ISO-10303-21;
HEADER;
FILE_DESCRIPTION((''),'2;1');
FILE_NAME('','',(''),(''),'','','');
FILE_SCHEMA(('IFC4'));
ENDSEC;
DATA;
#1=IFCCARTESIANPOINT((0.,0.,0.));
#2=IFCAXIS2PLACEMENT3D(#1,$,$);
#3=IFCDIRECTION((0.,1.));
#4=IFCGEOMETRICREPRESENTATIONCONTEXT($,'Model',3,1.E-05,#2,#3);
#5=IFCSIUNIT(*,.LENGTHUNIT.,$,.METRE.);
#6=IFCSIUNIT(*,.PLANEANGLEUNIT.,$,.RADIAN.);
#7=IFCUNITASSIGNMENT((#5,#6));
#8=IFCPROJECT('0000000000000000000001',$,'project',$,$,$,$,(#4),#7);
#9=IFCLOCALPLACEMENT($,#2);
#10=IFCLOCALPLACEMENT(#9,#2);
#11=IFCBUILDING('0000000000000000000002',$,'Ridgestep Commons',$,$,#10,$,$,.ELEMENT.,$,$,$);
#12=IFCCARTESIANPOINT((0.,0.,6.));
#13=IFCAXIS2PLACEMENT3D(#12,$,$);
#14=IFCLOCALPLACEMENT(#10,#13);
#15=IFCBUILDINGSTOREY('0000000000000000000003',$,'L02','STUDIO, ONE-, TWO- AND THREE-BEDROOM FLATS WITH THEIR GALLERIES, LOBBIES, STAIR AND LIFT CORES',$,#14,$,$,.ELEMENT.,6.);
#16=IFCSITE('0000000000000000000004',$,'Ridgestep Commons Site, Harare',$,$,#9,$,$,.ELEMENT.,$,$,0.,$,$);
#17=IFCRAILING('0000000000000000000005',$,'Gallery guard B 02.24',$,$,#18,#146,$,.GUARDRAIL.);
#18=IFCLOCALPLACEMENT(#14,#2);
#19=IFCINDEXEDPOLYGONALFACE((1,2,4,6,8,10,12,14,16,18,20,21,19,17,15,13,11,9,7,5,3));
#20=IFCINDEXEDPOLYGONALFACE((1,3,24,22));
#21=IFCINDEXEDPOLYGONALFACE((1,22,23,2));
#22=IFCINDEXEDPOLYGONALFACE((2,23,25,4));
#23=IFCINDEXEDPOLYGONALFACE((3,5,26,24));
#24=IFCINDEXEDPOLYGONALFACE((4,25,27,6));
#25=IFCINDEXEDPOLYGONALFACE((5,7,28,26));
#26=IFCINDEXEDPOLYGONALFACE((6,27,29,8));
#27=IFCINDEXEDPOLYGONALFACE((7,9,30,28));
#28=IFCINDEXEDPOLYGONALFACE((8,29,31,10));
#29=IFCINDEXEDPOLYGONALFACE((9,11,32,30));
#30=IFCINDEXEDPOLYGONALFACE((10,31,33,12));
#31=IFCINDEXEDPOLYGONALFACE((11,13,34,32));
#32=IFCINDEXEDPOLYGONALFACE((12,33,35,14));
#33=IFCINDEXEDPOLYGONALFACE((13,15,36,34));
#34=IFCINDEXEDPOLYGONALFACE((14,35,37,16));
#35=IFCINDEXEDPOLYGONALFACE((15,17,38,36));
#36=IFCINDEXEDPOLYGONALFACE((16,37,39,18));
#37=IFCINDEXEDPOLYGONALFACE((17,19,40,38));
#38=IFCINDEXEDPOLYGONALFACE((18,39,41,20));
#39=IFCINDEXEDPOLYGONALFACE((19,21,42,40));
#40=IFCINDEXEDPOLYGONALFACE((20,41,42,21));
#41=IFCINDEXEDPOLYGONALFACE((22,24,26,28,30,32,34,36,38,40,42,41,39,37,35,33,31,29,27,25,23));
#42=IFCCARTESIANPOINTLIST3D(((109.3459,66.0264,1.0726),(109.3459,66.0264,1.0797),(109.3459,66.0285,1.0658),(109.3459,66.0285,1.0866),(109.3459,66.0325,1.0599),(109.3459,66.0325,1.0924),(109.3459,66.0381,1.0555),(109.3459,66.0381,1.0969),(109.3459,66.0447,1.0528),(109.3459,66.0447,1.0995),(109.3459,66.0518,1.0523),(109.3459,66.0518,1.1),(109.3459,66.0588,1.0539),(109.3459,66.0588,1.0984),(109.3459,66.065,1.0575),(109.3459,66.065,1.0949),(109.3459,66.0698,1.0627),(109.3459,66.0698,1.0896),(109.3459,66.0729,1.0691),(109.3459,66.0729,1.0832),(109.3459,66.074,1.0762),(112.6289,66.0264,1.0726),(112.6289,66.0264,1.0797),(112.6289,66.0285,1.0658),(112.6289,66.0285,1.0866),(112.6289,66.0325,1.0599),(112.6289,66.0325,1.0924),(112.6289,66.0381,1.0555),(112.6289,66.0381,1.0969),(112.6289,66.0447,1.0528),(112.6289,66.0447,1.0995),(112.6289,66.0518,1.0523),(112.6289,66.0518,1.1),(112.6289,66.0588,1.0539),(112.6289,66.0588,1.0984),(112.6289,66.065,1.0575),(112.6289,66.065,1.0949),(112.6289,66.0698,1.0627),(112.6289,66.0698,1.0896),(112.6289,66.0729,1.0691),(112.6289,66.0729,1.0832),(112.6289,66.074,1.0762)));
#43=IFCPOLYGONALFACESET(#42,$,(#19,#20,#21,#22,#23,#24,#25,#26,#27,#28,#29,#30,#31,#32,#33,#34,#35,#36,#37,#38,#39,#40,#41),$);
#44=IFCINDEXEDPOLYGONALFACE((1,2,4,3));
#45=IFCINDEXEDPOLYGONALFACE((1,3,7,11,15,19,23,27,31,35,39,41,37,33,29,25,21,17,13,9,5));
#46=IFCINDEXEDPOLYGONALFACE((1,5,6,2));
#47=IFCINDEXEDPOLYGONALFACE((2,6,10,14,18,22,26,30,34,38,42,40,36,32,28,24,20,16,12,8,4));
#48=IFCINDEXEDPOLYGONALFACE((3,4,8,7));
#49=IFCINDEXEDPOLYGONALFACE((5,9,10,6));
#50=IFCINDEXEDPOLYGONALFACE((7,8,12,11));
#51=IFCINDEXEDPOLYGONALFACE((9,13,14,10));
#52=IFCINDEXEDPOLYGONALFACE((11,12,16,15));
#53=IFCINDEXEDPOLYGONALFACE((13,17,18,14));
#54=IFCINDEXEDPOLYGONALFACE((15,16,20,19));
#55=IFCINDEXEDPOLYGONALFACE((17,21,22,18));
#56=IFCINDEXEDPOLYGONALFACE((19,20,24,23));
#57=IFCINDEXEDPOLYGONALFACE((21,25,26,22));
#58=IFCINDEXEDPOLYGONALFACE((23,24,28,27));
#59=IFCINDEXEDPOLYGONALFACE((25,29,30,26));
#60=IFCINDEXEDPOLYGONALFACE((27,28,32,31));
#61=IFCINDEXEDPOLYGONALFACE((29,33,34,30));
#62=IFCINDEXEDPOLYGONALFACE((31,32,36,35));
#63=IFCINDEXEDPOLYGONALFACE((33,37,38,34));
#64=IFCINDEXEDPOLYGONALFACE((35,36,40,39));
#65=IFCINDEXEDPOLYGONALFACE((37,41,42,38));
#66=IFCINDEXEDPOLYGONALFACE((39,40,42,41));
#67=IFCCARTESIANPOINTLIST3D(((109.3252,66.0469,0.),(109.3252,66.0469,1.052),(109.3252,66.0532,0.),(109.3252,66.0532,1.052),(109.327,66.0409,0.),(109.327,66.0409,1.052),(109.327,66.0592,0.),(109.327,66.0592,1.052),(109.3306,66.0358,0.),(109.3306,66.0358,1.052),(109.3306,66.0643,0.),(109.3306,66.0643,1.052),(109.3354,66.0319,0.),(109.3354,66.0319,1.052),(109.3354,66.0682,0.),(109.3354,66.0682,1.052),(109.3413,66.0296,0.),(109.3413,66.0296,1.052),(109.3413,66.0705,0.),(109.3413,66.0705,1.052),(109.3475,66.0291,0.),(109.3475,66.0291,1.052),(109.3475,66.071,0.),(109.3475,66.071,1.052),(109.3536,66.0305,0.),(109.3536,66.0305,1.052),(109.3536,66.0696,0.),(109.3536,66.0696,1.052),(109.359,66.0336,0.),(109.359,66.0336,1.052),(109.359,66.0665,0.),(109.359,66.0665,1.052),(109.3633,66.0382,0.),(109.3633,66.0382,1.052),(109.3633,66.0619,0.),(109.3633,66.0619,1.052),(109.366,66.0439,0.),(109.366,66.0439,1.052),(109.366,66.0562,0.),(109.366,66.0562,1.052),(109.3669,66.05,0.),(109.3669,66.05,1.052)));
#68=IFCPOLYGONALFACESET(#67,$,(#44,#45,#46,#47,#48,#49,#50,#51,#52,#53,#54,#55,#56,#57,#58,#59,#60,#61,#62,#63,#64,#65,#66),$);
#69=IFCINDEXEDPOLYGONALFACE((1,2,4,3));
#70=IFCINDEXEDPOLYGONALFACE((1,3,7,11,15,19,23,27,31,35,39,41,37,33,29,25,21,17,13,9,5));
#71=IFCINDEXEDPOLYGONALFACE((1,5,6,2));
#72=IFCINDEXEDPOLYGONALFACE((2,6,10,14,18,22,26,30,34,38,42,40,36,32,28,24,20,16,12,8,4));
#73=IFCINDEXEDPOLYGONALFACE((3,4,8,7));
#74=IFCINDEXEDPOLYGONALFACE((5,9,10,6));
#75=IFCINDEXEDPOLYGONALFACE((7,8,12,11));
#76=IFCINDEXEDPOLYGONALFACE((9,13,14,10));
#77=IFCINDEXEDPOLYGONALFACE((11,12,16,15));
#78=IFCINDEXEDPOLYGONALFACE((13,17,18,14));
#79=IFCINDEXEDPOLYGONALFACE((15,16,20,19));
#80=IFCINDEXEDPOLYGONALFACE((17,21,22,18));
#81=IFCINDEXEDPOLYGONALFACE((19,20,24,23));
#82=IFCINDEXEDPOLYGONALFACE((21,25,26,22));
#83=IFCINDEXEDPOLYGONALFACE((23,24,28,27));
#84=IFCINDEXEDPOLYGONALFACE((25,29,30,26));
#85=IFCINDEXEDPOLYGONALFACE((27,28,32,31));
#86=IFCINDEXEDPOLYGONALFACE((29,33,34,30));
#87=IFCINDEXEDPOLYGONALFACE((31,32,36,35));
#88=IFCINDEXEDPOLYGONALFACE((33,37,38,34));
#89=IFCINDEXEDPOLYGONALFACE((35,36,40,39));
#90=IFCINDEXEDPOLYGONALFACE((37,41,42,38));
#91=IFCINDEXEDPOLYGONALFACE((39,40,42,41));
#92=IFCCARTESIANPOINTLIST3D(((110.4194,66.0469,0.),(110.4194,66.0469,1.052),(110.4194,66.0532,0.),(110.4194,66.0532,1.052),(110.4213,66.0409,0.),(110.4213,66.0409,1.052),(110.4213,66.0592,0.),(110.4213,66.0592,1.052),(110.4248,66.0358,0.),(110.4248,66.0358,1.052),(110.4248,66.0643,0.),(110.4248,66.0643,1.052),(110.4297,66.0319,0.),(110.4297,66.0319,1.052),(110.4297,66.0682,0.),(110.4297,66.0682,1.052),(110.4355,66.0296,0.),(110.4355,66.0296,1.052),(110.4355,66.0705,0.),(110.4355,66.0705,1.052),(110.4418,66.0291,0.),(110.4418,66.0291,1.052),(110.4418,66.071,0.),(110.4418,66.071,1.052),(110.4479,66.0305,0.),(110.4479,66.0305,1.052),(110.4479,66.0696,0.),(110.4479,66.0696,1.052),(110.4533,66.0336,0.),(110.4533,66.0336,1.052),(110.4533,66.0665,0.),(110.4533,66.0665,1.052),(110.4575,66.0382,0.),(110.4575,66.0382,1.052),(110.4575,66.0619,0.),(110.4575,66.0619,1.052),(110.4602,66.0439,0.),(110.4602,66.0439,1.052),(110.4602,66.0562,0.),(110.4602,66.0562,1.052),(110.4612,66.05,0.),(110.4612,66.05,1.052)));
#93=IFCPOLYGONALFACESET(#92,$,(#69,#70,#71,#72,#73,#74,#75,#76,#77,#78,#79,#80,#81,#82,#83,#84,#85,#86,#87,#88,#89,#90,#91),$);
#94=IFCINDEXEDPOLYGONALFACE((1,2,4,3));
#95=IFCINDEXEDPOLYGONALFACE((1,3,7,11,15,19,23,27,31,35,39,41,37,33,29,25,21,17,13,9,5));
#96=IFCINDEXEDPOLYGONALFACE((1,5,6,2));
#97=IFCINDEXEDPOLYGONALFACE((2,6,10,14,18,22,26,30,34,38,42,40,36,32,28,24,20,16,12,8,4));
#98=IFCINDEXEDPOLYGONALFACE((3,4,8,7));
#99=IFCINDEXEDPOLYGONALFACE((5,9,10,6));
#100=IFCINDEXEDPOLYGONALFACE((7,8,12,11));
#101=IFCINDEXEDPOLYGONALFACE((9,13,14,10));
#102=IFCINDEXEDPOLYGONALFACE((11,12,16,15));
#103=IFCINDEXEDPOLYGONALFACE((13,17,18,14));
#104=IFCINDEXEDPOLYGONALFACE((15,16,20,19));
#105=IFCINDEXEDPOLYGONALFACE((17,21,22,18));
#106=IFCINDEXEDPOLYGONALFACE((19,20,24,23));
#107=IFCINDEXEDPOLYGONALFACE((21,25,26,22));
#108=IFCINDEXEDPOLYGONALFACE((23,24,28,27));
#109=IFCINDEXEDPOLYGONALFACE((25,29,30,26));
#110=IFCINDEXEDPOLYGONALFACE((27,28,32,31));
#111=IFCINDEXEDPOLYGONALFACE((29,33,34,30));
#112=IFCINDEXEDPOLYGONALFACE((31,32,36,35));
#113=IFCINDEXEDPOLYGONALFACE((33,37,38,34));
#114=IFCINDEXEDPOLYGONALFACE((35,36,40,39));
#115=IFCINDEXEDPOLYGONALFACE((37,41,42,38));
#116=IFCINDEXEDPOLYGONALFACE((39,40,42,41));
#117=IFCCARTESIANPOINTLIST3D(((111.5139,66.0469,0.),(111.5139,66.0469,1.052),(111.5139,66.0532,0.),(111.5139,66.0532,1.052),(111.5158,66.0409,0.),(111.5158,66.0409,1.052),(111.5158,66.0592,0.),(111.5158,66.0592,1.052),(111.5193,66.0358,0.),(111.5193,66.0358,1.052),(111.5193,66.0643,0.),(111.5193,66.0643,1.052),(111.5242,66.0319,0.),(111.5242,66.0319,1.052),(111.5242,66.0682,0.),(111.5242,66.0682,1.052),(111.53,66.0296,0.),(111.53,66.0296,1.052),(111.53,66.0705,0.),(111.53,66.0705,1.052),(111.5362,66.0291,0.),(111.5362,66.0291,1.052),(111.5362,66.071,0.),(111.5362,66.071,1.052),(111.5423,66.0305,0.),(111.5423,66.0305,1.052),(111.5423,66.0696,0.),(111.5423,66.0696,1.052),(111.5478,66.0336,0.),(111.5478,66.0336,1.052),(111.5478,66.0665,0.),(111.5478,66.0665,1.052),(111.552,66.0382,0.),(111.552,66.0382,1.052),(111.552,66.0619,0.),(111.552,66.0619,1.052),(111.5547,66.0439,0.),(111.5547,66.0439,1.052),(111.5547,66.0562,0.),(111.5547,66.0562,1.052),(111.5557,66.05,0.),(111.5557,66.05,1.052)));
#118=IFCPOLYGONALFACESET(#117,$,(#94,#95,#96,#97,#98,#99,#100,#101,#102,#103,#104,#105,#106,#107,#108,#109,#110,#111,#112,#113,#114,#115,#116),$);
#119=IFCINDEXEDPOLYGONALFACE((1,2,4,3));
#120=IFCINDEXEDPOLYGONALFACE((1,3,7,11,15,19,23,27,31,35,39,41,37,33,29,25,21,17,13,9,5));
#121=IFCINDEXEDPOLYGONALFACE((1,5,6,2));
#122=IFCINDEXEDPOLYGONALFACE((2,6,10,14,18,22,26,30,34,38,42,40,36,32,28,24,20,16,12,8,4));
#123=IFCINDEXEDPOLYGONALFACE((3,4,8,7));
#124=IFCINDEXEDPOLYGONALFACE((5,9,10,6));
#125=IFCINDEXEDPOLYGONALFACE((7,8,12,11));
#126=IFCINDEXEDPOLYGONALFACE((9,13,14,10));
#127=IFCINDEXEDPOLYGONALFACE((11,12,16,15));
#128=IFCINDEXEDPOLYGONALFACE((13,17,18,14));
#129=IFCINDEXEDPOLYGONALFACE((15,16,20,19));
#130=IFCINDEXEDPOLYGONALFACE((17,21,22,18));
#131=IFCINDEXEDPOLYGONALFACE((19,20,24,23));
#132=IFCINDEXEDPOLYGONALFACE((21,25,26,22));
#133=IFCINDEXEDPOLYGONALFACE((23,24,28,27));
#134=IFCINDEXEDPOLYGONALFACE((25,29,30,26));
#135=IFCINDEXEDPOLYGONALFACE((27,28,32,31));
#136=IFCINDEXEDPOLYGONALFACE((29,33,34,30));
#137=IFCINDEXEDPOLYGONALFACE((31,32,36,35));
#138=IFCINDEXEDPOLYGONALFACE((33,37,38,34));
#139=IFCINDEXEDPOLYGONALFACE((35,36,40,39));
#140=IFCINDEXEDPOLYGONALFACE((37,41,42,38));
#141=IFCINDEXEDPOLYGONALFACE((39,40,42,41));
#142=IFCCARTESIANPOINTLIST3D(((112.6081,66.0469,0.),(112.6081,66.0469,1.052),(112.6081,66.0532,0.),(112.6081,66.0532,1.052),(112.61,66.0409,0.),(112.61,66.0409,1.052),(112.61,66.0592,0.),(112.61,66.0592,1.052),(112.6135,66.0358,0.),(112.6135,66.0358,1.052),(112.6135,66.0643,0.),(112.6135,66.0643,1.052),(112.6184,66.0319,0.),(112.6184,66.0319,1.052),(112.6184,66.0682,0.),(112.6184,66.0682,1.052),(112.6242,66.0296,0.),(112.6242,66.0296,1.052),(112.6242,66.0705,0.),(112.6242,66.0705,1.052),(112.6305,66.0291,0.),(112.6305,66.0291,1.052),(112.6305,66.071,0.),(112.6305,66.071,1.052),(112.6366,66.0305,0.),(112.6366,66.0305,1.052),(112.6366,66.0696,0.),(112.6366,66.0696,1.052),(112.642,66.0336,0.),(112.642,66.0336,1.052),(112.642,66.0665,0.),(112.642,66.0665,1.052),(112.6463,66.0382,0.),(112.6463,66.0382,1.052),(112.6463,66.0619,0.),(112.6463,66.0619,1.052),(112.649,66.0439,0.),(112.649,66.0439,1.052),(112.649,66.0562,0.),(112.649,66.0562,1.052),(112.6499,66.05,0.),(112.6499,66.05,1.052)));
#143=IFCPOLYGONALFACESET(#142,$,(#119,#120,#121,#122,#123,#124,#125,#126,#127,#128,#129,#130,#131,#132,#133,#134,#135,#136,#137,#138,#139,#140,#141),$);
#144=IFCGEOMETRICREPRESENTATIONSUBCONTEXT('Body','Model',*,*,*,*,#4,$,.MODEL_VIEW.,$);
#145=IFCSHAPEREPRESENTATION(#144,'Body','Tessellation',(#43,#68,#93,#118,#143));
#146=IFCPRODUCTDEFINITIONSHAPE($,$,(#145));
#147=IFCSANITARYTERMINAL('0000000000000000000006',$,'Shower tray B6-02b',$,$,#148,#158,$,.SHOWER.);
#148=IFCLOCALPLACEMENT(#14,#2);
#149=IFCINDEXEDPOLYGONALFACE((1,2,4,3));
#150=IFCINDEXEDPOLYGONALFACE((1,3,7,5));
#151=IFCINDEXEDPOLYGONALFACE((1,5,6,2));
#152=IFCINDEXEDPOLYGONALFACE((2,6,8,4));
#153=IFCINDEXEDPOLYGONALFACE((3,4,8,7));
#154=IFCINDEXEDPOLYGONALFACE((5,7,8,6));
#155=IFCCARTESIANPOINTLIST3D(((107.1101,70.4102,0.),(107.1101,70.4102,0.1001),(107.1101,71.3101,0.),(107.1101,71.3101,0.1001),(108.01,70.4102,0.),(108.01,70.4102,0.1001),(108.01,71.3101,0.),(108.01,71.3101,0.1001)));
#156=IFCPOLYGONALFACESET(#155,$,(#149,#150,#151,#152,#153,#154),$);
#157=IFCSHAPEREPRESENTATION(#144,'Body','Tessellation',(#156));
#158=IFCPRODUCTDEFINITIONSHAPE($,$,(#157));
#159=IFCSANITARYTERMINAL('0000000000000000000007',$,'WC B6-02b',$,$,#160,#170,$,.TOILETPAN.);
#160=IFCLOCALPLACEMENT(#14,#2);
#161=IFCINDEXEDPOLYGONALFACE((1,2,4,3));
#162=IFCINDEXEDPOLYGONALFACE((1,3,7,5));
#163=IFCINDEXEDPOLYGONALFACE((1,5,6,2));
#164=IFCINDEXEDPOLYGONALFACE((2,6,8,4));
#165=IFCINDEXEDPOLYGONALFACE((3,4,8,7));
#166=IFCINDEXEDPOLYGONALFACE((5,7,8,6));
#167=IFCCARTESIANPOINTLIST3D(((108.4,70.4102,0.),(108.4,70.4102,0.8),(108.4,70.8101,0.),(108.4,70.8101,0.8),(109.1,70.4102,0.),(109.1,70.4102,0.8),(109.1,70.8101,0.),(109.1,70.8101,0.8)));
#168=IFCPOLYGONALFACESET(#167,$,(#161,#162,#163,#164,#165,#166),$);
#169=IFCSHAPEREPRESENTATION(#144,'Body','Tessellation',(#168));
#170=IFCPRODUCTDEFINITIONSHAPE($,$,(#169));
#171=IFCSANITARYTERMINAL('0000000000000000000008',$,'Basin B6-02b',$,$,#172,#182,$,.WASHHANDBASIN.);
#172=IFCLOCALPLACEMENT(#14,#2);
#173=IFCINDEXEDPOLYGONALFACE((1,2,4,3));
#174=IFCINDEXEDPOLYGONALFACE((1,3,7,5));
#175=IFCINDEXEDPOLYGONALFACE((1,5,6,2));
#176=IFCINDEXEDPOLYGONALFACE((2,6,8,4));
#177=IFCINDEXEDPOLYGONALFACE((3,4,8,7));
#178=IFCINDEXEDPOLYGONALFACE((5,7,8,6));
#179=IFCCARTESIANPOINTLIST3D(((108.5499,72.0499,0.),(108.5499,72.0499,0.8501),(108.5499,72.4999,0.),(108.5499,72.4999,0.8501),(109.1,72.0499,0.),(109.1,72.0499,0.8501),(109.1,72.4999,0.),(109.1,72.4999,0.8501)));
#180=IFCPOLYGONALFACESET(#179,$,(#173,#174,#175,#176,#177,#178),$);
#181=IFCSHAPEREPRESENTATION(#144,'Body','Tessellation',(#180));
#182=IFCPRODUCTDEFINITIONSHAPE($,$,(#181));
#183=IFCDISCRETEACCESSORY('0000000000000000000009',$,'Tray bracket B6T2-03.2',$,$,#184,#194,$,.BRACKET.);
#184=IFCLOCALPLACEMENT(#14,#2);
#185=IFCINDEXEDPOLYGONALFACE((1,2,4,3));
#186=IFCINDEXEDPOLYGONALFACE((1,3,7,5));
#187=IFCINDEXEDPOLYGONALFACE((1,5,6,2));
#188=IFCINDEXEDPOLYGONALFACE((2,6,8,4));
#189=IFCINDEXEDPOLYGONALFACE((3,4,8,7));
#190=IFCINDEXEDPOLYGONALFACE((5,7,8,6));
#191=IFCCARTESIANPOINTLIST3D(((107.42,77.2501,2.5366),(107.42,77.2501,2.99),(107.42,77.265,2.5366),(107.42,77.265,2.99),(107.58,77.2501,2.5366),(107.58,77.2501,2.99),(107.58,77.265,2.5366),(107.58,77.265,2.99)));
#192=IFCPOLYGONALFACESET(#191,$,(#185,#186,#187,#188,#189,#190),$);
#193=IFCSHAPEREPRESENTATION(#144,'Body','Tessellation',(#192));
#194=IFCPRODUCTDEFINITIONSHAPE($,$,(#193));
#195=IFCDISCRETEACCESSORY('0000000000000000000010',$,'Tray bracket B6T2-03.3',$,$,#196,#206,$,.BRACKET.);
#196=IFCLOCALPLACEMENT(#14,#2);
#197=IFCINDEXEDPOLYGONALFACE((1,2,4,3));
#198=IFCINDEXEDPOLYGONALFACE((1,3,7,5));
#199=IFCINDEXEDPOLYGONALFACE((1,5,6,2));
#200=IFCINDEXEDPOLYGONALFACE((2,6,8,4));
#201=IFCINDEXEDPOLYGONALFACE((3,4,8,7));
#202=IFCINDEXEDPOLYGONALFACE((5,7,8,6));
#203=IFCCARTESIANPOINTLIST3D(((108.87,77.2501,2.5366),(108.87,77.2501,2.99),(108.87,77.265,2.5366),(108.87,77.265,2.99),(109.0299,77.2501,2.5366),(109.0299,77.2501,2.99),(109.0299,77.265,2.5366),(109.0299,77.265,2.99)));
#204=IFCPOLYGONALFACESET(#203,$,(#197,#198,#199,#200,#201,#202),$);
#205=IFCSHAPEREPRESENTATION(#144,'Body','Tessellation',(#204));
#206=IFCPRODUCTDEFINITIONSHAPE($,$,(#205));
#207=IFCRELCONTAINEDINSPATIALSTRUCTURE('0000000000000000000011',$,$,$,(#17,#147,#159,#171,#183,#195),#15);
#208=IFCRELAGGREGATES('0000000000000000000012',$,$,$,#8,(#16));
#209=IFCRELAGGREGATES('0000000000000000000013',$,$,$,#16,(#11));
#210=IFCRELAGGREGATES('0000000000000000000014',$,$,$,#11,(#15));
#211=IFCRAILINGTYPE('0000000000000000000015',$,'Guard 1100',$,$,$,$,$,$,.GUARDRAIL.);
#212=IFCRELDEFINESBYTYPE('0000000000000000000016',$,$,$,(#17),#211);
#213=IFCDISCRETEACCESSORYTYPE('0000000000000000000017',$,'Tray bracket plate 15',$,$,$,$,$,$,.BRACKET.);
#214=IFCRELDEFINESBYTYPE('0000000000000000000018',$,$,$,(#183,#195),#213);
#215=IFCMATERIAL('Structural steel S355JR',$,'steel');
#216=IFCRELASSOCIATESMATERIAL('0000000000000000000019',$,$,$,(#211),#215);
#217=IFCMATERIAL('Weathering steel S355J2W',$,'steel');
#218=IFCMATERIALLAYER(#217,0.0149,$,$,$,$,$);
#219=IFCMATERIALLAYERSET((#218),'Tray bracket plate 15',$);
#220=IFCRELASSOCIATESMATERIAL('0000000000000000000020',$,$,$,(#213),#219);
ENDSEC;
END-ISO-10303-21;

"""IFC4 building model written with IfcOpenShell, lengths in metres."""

from ifc_helpers import new_model, si_unit, direction, frame, origin, origin_2d, place, context, subcontext, project, spatial, rectangle, circle, extrude, material, layer, layer_set, type_object, element, save


model = new_model("IFC4")

# Units and contexts
model_context = context("Model", 3, precision=1e-05, world=origin(), true_north=direction((0.0, 1.0)))
body_context = subcontext(model_context, "Body", "Model", "MODEL_VIEW")
ifc_project = project(units=[si_unit("LENGTHUNIT", "METRE"), si_unit("PLANEANGLEUNIT", "RADIAN")], contexts=[model_context])

# Site, building, storey
site_placement = place(None, origin())
site = spatial("IfcSite", under=ifc_project, at=site_placement, Name="Ridgestep Commons Site, Harare", CompositionType="ELEMENT", RefElevation=0.0)
building_placement = place(site_placement, origin())
building = spatial("IfcBuilding", under=site, at=building_placement, Name="Ridgestep Commons", CompositionType="ELEMENT")
storey_placement = place(building_placement, frame((0.0, 0.0, 6.0)))
storey = spatial("IfcBuildingStorey", under=building, at=storey_placement, Name="L02", Description="STUDIO, ONE-, TWO- AND THREE-BEDROOM FLATS WITH THEIR GALLERIES, LOBBIES, STAIR AND LIFT CORES", CompositionType="ELEMENT", Elevation=6.0)

# Railing
ifc_material_1 = material(Name="Structural steel S355JR", Category="steel")
railing_type = type_object("IfcRailingType", Name="Guard 1100", PredefinedType="GUARDRAIL", material=ifc_material_1)
railing_placement = place(storey_placement, frame((109.3459, 66.05, 0.0)))
element("IfcRailing", 1, at=railing_placement, inside=storey, type_object=railing_type, Name="Gallery guard B 02.24", PredefinedType="GUARDRAIL", context=body_context, shape_type="SweptSolid", body=[
    extrude(circle(Radius=0.0239, at=origin_2d()), frame((0.0, 0.0, 1.0762), z_axis=(1.0, 0.0, 0.0), x_axis=(0.0, 1.0, 0.0)), (0.0, 0.0, 1.0), 3.283),
    extrude(circle(Radius=0.021, at=origin_2d()), origin(), (0.0, 0.0, 1.0), 1.052),
    extrude(circle(Radius=0.021, at=origin_2d()), frame((1.0942, 0.0, 0.0)), (0.0, 0.0, 1.0), 1.052),
    extrude(circle(Radius=0.021, at=origin_2d()), frame((2.1887, 0.0, 0.0)), (0.0, 0.0, 1.0), 1.052),
    extrude(circle(Radius=0.021, at=origin_2d()), frame((3.283, 0.0, 0.0)), (0.0, 0.0, 1.0), 1.052),
])

# Sanitary terminals
sanitary_terminal_1_placement = place(storey_placement, frame((107.5601, 70.8601, 0.0), z_axis=(0.0, 0.0, 1.0), x_axis=(1.0, 0.0, 0.0)))
element("IfcSanitaryTerminal", 2, at=sanitary_terminal_1_placement, inside=storey, Name="Shower tray B6-02b", PredefinedType="SHOWER", context=body_context, shape_type="SweptSolid", body=[
    extrude(rectangle(XDim=0.8999, YDim=0.8999, at=origin_2d()), origin(), (0.0, 0.0, 1.0), 0.1001),
])
sanitary_terminal_2_placement = place(storey_placement, frame((108.75, 70.6101, 0.0), z_axis=(0.0, 0.0, 1.0), x_axis=(1.0, 0.0, 0.0)))
element("IfcSanitaryTerminal", 3, at=sanitary_terminal_2_placement, inside=storey, Name="WC B6-02b", PredefinedType="TOILETPAN", context=body_context, shape_type="SweptSolid", body=[
    extrude(rectangle(XDim=0.7, YDim=0.3999, at=origin_2d()), origin(), (0.0, 0.0, 1.0), 0.8),
])
sanitary_terminal_3_placement = place(storey_placement, frame((108.825, 72.2749, 0.0), z_axis=(0.0, 0.0, 1.0), x_axis=(1.0, 0.0, 0.0)))
element("IfcSanitaryTerminal", 4, at=sanitary_terminal_3_placement, inside=storey, Name="Basin B6-02b", PredefinedType="WASHHANDBASIN", context=body_context, shape_type="SweptSolid", body=[
    extrude(rectangle(XDim=0.55, YDim=0.45, at=origin_2d()), origin(), (0.0, 0.0, 1.0), 0.8501),
])

# Discrete accessories
ifc_material_2 = material(Name="Weathering steel S355J2W", Category="steel")
ifc_layer_1 = layer(ifc_material_2, 0.0149)
ifc_layer_set_1 = layer_set([ifc_layer_1], Name="Tray bracket plate 15")
discrete_accessory_type_1 = type_object("IfcDiscreteAccessoryType", Name="Tray bracket plate 15", PredefinedType="BRACKET", material=ifc_layer_set_1)
for number, where, z_axis, x_axis, name in (
    (5, (107.5, 77.2576, 2.5366), (0.0, 0.0, 1.0), (1.0, 0.0, 0.0), "Tray bracket B6T2-03.2"),
    (6, (108.95, 77.2576, 2.5366), (0.0, 0.0, 1.0), (1.0, 0.0, 0.0), "Tray bracket B6T2-03.3"),
):
    element("IfcDiscreteAccessory", number, at=place(storey_placement, frame(where, z_axis=z_axis, x_axis=x_axis)), inside=storey, type_object=discrete_accessory_type_1, Name=name, PredefinedType="BRACKET", context=body_context, shape_type="SweptSolid", body=[
        extrude(rectangle(XDim=0.1599, YDim=0.0149, at=origin_2d()), origin(), (0.0, 0.0, 1.0), 0.4534),
    ])

save(model, "model.ifc")
